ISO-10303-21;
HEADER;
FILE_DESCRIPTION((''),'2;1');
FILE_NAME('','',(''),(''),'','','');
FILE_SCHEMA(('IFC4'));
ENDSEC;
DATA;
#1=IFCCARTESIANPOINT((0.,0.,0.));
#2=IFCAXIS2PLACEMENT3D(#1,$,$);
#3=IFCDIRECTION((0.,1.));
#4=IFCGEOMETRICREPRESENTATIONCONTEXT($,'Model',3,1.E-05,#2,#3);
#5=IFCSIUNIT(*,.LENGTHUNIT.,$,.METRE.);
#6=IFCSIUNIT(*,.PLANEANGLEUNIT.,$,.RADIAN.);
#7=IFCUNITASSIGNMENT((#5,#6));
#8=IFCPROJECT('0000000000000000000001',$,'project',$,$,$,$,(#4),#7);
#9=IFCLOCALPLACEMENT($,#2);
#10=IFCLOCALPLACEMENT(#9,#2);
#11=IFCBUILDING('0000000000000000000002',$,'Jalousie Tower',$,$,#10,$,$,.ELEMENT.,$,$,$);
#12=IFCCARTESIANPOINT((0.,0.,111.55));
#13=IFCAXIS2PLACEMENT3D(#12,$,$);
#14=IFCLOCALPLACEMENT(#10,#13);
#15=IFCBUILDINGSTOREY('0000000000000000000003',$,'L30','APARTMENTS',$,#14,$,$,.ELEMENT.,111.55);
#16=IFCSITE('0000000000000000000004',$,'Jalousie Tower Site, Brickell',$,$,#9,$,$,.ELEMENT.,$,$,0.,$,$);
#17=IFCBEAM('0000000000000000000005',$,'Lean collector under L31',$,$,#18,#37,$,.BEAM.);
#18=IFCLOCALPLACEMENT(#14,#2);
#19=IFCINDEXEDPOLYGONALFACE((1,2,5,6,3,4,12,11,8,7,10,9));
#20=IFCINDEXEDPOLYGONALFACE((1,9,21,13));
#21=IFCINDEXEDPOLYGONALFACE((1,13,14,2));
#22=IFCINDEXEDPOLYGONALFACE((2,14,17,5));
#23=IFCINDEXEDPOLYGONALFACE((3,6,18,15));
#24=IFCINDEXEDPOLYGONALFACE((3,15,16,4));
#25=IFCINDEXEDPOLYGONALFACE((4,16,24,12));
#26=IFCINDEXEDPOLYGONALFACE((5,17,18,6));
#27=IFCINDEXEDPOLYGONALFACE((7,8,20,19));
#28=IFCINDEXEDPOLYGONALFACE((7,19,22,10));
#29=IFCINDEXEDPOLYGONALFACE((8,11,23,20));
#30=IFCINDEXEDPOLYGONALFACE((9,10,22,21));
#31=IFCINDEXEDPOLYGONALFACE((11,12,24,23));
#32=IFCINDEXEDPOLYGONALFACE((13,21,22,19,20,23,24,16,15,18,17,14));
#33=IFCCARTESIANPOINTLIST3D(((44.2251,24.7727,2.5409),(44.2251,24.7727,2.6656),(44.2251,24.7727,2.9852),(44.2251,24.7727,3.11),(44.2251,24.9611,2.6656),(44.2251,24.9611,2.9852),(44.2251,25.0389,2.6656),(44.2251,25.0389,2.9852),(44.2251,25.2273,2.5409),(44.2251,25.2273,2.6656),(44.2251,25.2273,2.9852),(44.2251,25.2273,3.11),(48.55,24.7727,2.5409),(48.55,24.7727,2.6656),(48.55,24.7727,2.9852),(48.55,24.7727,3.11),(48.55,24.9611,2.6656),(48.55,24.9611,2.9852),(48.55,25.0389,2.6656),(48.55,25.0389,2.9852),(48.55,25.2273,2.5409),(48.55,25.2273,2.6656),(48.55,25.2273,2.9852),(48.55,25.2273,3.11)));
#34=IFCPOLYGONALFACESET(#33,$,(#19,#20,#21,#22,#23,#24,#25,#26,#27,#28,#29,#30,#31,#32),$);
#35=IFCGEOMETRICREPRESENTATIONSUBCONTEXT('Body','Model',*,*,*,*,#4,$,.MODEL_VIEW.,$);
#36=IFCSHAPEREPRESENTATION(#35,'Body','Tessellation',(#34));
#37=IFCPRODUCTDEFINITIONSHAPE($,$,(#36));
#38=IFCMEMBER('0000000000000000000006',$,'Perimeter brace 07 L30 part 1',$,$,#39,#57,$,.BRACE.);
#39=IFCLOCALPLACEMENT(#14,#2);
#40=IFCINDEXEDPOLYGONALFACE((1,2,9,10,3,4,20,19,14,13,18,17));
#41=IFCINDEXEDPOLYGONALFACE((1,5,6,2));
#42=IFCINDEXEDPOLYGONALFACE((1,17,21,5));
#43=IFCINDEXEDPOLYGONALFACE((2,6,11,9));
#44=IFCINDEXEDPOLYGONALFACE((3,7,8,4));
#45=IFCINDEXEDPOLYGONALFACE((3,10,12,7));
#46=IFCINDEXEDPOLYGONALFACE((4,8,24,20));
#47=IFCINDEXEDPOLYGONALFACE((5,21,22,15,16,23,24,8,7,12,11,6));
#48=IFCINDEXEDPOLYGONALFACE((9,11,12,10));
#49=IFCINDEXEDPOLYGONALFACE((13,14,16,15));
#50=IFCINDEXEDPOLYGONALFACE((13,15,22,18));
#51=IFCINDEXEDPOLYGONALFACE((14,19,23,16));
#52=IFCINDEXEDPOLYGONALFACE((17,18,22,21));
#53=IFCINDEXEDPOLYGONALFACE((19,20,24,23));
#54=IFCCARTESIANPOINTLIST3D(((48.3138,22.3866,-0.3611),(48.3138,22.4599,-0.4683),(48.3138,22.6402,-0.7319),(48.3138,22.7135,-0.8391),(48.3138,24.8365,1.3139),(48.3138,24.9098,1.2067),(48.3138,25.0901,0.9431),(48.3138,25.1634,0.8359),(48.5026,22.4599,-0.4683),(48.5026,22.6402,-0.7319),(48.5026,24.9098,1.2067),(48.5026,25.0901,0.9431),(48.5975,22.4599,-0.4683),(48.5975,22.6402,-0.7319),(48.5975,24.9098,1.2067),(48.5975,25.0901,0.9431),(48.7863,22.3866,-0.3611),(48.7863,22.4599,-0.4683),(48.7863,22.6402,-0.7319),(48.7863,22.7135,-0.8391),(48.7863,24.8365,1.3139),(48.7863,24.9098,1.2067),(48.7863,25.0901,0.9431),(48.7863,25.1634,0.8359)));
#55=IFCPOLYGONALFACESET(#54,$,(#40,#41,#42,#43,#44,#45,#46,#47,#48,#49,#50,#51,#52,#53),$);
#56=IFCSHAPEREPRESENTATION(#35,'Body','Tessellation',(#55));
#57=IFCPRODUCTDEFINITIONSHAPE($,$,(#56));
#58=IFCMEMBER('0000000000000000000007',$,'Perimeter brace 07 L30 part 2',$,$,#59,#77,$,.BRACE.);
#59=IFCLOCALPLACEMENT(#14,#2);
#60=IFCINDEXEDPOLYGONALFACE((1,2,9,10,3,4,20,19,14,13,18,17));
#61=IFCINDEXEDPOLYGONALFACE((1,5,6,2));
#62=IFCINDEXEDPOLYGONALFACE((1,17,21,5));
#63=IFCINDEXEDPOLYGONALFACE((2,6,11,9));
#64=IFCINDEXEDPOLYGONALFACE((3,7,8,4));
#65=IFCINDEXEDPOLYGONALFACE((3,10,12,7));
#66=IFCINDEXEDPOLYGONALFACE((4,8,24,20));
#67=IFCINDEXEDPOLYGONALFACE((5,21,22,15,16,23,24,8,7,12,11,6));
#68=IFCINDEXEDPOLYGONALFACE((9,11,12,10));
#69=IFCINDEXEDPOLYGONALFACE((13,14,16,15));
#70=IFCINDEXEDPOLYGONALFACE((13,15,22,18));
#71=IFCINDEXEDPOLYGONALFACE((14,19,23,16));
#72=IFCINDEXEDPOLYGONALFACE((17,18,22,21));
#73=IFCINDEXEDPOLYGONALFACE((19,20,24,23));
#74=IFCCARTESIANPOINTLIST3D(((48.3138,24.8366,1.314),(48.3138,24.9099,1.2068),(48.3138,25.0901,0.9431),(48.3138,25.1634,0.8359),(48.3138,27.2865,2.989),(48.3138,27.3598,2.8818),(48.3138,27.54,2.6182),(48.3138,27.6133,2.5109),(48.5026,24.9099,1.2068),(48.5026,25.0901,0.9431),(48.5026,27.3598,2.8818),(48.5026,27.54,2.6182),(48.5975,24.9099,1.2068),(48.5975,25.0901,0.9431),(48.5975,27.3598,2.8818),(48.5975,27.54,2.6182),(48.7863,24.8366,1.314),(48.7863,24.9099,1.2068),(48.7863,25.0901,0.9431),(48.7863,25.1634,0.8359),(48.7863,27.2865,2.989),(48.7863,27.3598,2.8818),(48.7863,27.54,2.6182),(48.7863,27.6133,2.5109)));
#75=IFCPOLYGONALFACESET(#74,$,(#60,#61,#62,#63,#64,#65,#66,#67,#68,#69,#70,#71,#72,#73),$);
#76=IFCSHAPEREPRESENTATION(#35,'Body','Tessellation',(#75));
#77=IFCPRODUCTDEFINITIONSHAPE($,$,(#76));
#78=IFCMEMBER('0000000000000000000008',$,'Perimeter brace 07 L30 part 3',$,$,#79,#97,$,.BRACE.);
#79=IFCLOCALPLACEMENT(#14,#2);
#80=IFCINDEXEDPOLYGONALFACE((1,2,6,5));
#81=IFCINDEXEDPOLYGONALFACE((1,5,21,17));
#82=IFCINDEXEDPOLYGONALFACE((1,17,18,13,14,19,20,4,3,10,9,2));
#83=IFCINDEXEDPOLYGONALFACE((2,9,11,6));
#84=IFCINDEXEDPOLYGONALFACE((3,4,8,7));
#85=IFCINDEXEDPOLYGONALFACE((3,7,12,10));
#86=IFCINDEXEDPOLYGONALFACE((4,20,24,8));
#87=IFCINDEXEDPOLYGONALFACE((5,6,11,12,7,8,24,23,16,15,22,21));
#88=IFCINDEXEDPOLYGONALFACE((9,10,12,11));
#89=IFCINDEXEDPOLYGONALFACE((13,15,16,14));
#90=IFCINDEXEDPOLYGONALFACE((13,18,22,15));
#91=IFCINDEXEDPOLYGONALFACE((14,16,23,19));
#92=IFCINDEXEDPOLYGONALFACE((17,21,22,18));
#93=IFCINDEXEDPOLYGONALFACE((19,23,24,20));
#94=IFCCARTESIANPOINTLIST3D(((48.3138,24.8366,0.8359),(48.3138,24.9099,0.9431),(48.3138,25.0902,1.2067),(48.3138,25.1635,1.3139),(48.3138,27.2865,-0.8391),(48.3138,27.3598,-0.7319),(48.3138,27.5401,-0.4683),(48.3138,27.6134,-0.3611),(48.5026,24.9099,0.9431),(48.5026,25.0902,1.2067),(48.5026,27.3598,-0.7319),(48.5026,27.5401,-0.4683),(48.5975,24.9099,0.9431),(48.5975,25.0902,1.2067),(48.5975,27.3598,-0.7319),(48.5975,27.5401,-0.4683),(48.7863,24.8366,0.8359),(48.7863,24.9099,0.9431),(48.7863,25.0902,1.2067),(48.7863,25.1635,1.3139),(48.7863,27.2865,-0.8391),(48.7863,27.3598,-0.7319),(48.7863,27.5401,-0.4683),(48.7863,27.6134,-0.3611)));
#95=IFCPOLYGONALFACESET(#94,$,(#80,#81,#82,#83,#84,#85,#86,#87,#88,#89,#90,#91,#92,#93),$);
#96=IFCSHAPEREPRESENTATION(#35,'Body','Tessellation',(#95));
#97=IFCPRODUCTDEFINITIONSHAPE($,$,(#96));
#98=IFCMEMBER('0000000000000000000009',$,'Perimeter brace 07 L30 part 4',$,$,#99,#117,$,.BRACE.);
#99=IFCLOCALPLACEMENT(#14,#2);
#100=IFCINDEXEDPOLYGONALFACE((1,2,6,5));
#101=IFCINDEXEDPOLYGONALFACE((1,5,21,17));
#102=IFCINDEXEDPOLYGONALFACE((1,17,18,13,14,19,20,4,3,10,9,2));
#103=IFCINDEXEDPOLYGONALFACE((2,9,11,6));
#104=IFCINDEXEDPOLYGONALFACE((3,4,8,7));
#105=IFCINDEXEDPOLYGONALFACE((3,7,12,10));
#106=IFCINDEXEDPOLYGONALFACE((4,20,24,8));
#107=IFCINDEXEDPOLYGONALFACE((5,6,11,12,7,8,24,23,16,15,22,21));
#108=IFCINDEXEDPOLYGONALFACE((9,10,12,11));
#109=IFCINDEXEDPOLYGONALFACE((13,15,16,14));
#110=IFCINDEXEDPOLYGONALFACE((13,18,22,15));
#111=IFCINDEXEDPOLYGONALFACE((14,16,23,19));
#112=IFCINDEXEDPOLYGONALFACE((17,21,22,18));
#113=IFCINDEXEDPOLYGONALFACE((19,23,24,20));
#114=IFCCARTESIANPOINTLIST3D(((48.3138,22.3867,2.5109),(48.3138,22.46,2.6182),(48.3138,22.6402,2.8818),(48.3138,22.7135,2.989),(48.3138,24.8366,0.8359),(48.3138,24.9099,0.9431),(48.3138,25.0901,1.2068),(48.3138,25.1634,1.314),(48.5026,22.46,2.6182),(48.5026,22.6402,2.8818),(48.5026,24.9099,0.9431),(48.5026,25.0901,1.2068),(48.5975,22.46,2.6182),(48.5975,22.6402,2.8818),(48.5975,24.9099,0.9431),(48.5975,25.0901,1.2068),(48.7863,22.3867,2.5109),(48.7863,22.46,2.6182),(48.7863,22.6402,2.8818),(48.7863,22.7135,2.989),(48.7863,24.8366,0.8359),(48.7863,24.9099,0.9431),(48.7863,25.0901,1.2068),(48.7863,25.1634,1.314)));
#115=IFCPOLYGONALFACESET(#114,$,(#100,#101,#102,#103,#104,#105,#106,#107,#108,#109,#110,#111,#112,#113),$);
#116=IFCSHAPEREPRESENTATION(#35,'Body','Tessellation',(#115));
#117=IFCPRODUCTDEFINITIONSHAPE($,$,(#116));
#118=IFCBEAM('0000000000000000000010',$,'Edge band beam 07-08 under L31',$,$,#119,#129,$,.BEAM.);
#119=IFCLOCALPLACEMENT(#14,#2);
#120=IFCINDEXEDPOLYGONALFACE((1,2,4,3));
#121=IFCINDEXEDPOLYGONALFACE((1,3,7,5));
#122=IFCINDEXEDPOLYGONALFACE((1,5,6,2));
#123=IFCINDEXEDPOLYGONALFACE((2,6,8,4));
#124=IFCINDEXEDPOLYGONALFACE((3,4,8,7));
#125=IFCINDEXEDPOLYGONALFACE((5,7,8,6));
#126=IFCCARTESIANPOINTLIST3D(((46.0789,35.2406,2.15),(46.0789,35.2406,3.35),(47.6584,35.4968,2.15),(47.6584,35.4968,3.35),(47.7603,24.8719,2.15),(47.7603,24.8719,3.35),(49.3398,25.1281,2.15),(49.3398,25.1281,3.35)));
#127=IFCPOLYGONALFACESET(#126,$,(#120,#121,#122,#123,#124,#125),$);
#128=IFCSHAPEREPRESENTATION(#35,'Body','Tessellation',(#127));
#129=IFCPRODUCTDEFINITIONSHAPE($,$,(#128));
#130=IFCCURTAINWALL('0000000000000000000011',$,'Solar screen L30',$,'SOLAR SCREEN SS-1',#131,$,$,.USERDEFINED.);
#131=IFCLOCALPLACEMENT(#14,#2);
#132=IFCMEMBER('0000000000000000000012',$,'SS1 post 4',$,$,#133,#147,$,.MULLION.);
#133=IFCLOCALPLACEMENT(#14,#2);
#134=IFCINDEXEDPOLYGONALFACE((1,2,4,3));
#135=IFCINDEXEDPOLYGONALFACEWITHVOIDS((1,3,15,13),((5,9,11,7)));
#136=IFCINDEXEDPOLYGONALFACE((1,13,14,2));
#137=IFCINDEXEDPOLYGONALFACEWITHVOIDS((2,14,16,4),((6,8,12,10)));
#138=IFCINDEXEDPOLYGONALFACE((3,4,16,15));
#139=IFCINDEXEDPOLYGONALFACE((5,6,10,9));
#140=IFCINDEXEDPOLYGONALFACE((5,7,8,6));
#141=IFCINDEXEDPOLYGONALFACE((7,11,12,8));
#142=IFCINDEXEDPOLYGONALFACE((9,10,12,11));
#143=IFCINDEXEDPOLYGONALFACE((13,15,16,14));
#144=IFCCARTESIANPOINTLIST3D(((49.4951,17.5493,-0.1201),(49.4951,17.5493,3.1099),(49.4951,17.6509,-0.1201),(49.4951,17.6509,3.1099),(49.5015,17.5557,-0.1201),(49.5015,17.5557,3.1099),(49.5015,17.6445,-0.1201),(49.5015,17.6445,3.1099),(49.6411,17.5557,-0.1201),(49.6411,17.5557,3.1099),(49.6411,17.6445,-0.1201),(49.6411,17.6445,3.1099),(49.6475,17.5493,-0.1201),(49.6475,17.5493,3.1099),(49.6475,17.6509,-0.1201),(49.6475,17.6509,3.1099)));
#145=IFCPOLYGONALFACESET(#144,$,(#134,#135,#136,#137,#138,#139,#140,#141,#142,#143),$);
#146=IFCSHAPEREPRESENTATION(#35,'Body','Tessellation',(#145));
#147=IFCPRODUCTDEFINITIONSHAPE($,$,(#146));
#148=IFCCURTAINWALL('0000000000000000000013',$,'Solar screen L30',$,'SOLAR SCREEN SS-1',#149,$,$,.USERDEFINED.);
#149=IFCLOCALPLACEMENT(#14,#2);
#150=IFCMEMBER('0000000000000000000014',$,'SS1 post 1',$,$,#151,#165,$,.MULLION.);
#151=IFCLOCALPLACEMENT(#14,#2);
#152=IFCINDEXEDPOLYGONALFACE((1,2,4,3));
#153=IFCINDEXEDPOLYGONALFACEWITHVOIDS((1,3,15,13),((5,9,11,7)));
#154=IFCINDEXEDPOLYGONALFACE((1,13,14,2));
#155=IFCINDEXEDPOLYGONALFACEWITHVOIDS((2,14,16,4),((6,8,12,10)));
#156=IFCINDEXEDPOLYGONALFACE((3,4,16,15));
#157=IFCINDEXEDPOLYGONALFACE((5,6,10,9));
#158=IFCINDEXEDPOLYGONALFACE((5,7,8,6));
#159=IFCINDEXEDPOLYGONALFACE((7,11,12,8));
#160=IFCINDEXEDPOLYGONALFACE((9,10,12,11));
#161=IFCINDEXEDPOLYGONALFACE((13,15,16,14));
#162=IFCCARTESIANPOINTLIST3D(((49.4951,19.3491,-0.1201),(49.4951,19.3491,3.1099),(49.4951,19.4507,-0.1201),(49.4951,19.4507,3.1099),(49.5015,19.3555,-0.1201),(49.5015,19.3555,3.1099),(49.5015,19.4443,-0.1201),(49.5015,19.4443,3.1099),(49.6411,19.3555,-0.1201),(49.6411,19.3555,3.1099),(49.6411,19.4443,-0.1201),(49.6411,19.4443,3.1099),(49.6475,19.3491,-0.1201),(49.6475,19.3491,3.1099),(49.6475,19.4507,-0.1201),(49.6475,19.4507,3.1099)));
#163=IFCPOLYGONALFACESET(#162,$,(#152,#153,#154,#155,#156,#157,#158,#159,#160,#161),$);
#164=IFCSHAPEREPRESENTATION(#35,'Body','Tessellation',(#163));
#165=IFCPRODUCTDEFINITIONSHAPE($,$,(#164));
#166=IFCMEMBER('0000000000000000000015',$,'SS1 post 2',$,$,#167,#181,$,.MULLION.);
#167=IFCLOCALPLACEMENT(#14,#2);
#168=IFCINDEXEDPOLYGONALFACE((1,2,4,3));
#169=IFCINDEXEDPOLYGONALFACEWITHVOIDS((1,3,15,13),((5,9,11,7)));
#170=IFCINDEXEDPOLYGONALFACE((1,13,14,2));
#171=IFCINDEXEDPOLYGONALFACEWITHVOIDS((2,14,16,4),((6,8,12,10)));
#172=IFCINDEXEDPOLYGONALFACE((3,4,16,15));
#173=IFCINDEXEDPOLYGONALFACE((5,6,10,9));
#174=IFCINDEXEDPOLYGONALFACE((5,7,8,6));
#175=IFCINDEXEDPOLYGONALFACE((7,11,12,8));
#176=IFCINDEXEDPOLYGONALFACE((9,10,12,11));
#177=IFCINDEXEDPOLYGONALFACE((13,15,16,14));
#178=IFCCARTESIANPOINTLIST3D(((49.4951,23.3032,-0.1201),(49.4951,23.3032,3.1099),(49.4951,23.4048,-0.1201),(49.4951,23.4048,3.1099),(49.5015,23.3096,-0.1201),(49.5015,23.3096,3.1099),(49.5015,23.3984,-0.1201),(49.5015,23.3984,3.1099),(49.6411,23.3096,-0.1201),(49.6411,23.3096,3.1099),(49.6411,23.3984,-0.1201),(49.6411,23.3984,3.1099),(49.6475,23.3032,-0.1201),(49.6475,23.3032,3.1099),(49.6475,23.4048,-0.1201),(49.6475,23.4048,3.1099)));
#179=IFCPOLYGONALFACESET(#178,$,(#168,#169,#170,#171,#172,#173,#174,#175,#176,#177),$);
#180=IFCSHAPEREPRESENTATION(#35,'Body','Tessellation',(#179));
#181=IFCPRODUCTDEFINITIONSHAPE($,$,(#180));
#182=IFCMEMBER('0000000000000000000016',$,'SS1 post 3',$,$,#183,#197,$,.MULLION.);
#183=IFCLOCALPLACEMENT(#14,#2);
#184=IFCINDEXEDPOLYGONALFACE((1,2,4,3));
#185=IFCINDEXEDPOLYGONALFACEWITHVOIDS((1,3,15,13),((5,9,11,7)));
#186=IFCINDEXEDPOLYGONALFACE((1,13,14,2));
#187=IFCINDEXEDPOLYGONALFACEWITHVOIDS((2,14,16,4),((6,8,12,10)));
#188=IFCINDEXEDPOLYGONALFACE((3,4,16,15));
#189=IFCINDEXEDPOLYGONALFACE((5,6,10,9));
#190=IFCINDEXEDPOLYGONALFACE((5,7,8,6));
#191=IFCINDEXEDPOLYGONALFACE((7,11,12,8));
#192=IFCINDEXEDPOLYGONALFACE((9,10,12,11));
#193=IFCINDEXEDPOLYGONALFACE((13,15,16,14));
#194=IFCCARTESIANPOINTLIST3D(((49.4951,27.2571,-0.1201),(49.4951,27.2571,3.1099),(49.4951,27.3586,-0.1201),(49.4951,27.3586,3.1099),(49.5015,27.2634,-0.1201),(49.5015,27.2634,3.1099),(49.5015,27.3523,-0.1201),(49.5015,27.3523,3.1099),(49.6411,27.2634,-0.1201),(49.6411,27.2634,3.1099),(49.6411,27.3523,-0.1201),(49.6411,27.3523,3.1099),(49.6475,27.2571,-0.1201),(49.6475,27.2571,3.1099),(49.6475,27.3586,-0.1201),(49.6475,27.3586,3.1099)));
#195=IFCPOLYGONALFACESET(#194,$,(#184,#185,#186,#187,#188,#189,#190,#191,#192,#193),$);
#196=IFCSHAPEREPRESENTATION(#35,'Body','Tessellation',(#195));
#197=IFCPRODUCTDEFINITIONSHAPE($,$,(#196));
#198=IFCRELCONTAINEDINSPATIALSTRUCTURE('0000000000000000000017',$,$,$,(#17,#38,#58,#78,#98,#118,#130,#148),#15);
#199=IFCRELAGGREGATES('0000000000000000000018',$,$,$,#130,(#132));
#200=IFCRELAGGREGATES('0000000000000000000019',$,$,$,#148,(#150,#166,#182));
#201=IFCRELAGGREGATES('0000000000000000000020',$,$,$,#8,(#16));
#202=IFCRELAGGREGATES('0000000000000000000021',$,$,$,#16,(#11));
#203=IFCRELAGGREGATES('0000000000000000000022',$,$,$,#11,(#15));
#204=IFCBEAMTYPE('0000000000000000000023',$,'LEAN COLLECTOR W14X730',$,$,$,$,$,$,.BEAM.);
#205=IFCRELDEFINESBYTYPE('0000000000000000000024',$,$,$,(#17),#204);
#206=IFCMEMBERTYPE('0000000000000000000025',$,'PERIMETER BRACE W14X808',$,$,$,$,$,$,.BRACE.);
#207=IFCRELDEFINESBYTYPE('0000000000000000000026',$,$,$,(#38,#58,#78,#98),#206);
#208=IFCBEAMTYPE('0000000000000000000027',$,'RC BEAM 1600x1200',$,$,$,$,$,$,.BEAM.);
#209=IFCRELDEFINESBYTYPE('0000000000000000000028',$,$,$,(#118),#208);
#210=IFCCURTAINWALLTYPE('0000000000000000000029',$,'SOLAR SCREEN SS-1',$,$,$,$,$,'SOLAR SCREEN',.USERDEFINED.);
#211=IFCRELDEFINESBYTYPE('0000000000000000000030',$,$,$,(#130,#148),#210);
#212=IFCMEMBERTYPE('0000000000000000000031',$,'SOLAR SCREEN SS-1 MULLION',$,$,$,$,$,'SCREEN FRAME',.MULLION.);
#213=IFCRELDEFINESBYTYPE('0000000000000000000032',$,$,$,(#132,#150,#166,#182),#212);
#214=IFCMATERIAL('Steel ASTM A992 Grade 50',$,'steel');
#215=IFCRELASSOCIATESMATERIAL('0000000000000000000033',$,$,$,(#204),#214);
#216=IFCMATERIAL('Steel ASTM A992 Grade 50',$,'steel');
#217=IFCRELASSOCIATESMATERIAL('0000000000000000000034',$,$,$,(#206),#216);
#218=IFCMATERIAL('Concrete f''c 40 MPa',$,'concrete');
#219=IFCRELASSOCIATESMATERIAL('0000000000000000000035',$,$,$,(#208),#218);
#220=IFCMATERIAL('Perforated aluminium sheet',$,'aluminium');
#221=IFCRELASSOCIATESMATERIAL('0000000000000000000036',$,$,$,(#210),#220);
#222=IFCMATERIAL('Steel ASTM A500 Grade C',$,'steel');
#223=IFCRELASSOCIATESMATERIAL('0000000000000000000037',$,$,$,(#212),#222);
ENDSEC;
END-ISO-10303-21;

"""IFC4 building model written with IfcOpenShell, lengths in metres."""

from ifc_helpers import new_model, si_unit, direction, frame, origin, origin_2d, place, context, subcontext, project, spatial, rectangle, hollow_rectangle, i_section, extrude, material, material_profile, profile_set, type_object, element, aggregate, save


model = new_model("IFC4")

# Units and contexts
model_context = context("Model", 3, precision=1e-05, world=origin(), true_north=direction((0.0, 1.0)))
body_context = subcontext(model_context, "Body", "Model", "MODEL_VIEW")
ifc_project = project(units=[si_unit("LENGTHUNIT", "METRE"), si_unit("PLANEANGLEUNIT", "RADIAN")], contexts=[model_context])

# Site, building, storey
site_placement = place(None, origin())
site = spatial("IfcSite", under=ifc_project, at=site_placement, Name="Jalousie Tower Site, Brickell", CompositionType="ELEMENT", RefElevation=0.0)
building_placement = place(site_placement, origin())
building = spatial("IfcBuilding", under=site, at=building_placement, Name="Jalousie Tower", CompositionType="ELEMENT")
storey_placement = place(building_placement, frame((0.0, 0.0, 111.55)))
storey = spatial("IfcBuildingStorey", under=building, at=storey_placement, Name="L30", Description="APARTMENTS", CompositionType="ELEMENT", Elevation=111.55)

# Beam
ifc_material_1 = material(Name="Steel ASTM A992 Grade 50", Category="steel")
ifc_material_profile_1 = material_profile(ifc_material_1, i_section(OverallWidth=0.4546, OverallDepth=0.5691, WebThickness=0.0779, FlangeThickness=0.1248, at=origin_2d()), Name="W14X730")
ifc_profile_set_1 = profile_set([ifc_material_profile_1], Name="Steel ASTM A992 Grade 50")
beam_type_1 = type_object("IfcBeamType", Name="LEAN COLLECTOR W14X730", PredefinedType="BEAM", material=ifc_profile_set_1)
beam_1_placement = place(storey_placement, frame((48.55, 25.0, 2.8254), z_axis=(-1.0, 0.0, 0.0), x_axis=(0.0, -1.0, 0.0)))
element("IfcBeam", 1, at=beam_1_placement, inside=storey, type_object=beam_type_1, Name="Lean collector under L31", PredefinedType="BEAM", context=body_context, shape_type="SweptSolid", body=[
    extrude(i_section(OverallWidth=0.4546, OverallDepth=0.5691, WebThickness=0.0779, FlangeThickness=0.1248, at=origin_2d()), origin(), (0.0, 0.0, 1.0), 4.325),
])

# Members
ifc_material_2 = material(Name="Steel ASTM A992 Grade 50", Category="steel")
ifc_material_profile_2 = material_profile(ifc_material_2, i_section(OverallWidth=0.4724, OverallDepth=0.5791, WebThickness=0.095, FlangeThickness=0.1299, at=origin_2d()), Name="W14X808")
ifc_profile_set_2 = profile_set([ifc_material_profile_2], Name="Steel ASTM A992 Grade 50")
member_type_1 = type_object("IfcMemberType", Name="PERIMETER BRACE W14X808", PredefinedType="BRACE", material=ifc_profile_set_2)
for number, where, z_axis, x_axis, name in (
    (2, (48.55, 22.55, -0.6001), (0.0, 0.825501, 0.564401), (-1.0, 0.0, 0.0), "Perimeter brace 07 L30 part 1"),
    (3, (48.55, 25.0, 1.075), (0.0, 0.825501, 0.564401), (-1.0, 0.0, 0.0), "Perimeter brace 07 L30 part 2"),
    (4, (48.55, 27.45, -0.6001), (0.0, -0.825501, 0.564401), (1.0, 0.0, 0.0), "Perimeter brace 07 L30 part 3"),
    (5, (48.55, 25.0, 1.075), (0.0, -0.825501, 0.564401), (1.0, 0.0, 0.0), "Perimeter brace 07 L30 part 4"),
):
    element("IfcMember", number, at=place(storey_placement, frame(where, z_axis=z_axis, x_axis=x_axis)), inside=storey, type_object=member_type_1, Name=name, PredefinedType="BRACE", context=body_context, shape_type="SweptSolid", body=[
        extrude(i_section(OverallWidth=0.4724, OverallDepth=0.5791, WebThickness=0.095, FlangeThickness=0.1299, at=origin_2d()), origin(), (0.0, 0.0, 1.0), 2.9678),
    ])

# Beam
ifc_material_3 = material(Name="Concrete f'c 40 MPa", Category="concrete")
ifc_material_profile_3 = material_profile(ifc_material_3, rectangle(XDim=1.6001, YDim=1.2, at=origin_2d()), Name="RC 1600x1200")
ifc_profile_set_3 = profile_set([ifc_material_profile_3], Name="Concrete f'c 40 MPa")
beam_type_2 = type_object("IfcBeamType", Name="RC BEAM 1600x1200", PredefinedType="BEAM", material=ifc_profile_set_3)
beam_2_placement = place(storey_placement, frame((48.55, 25.0, 2.75), z_axis=(-0.160071, 0.987106, 0.0), x_axis=(-0.987106, -0.160071, 0.0)))
element("IfcBeam", 6, at=beam_2_placement, inside=storey, type_object=beam_type_2, Name="Edge band beam 07-08 under L31", PredefinedType="BEAM", context=body_context, shape_type="SweptSolid", body=[
    extrude(rectangle(XDim=1.6001, YDim=1.2, at=origin_2d()), origin(), (0.0, 0.0, 1.0), 10.5042),
])

# Curtain wall, member
ifc_material_4 = material(Name="Perforated aluminium sheet", Category="aluminium")
curtain_wall_type = type_object("IfcCurtainWallType", Name="SOLAR SCREEN SS-1", ElementType="SOLAR SCREEN", PredefinedType="USERDEFINED", material=ifc_material_4)
curtain_wall_1_placement = place(storey_placement, origin())
curtain_wall_1 = element("IfcCurtainWall", 7, at=curtain_wall_1_placement, inside=storey, type_object=curtain_wall_type, Name="Solar screen L30", ObjectType="SOLAR SCREEN SS-1", PredefinedType="USERDEFINED")
ifc_material_5 = material(Name="Steel ASTM A500 Grade C", Category="steel")
ifc_material_profile_4 = material_profile(ifc_material_5, hollow_rectangle(XDim=0.1016, YDim=0.1523, WallThickness=0.0063, at=origin_2d()), Name="HSS6X4X1/4")
ifc_profile_set_4 = profile_set([ifc_material_profile_4], Name="Steel ASTM A500 Grade C")
member_type_2 = type_object("IfcMemberType", Name="SOLAR SCREEN SS-1 MULLION", ElementType="SCREEN FRAME", PredefinedType="MULLION", material=ifc_profile_set_4)
member_1_placement = place(storey_placement, frame((49.5713, 17.6001, -0.1201), z_axis=(0.0, 0.0, 1.0), x_axis=(0.0, 1.0, 0.0)))
member_1 = element("IfcMember", 8, at=member_1_placement, type_object=member_type_2, Name="SS1 post 4", PredefinedType="MULLION", context=body_context, shape_type="SweptSolid", body=[
    extrude(hollow_rectangle(XDim=0.1016, YDim=0.1523, WallThickness=0.0063, at=origin_2d()), origin(), (0.0, 0.0, 1.0), 3.23),
])
aggregate(curtain_wall_1, [member_1])

# Curtain wall, members
curtain_wall_2_placement = place(storey_placement, origin())
curtain_wall_2 = element("IfcCurtainWall", 9, at=curtain_wall_2_placement, inside=storey, type_object=curtain_wall_type, Name="Solar screen L30", ObjectType="SOLAR SCREEN SS-1", PredefinedType="USERDEFINED")
member_2_placement = place(storey_placement, frame((49.5713, 19.3999, -0.1201), z_axis=(0.0, 0.0, 1.0), x_axis=(0.0, 1.0, 0.0)))
member_2 = element("IfcMember", 10, at=member_2_placement, type_object=member_type_2, Name="SS1 post 1", PredefinedType="MULLION", context=body_context, shape_type="SweptSolid", body=[
    extrude(hollow_rectangle(XDim=0.1016, YDim=0.1523, WallThickness=0.0063, at=origin_2d()), origin(), (0.0, 0.0, 1.0), 3.23),
])
member_3_placement = place(storey_placement, frame((49.5713, 23.354, -0.1201), z_axis=(0.0, 0.0, 1.0), x_axis=(0.0, 1.0, 0.0)))
member_3 = element("IfcMember", 11, at=member_3_placement, type_object=member_type_2, Name="SS1 post 2", PredefinedType="MULLION", context=body_context, shape_type="SweptSolid", body=[
    extrude(hollow_rectangle(XDim=0.1016, YDim=0.1523, WallThickness=0.0063, at=origin_2d()), origin(), (0.0, 0.0, 1.0), 3.23),
])
member_4_placement = place(storey_placement, frame((49.5713, 27.3079, -0.1201), z_axis=(0.0, 0.0, 1.0), x_axis=(0.0, 1.0, 0.0)))
member_4 = element("IfcMember", 12, at=member_4_placement, type_object=member_type_2, Name="SS1 post 3", PredefinedType="MULLION", context=body_context, shape_type="SweptSolid", body=[
    extrude(hollow_rectangle(XDim=0.1016, YDim=0.1523, WallThickness=0.0063, at=origin_2d()), origin(), (0.0, 0.0, 1.0), 3.23),
])

aggregate(curtain_wall_2, [member_2, member_3, member_4])

save(model, "model.ifc")
